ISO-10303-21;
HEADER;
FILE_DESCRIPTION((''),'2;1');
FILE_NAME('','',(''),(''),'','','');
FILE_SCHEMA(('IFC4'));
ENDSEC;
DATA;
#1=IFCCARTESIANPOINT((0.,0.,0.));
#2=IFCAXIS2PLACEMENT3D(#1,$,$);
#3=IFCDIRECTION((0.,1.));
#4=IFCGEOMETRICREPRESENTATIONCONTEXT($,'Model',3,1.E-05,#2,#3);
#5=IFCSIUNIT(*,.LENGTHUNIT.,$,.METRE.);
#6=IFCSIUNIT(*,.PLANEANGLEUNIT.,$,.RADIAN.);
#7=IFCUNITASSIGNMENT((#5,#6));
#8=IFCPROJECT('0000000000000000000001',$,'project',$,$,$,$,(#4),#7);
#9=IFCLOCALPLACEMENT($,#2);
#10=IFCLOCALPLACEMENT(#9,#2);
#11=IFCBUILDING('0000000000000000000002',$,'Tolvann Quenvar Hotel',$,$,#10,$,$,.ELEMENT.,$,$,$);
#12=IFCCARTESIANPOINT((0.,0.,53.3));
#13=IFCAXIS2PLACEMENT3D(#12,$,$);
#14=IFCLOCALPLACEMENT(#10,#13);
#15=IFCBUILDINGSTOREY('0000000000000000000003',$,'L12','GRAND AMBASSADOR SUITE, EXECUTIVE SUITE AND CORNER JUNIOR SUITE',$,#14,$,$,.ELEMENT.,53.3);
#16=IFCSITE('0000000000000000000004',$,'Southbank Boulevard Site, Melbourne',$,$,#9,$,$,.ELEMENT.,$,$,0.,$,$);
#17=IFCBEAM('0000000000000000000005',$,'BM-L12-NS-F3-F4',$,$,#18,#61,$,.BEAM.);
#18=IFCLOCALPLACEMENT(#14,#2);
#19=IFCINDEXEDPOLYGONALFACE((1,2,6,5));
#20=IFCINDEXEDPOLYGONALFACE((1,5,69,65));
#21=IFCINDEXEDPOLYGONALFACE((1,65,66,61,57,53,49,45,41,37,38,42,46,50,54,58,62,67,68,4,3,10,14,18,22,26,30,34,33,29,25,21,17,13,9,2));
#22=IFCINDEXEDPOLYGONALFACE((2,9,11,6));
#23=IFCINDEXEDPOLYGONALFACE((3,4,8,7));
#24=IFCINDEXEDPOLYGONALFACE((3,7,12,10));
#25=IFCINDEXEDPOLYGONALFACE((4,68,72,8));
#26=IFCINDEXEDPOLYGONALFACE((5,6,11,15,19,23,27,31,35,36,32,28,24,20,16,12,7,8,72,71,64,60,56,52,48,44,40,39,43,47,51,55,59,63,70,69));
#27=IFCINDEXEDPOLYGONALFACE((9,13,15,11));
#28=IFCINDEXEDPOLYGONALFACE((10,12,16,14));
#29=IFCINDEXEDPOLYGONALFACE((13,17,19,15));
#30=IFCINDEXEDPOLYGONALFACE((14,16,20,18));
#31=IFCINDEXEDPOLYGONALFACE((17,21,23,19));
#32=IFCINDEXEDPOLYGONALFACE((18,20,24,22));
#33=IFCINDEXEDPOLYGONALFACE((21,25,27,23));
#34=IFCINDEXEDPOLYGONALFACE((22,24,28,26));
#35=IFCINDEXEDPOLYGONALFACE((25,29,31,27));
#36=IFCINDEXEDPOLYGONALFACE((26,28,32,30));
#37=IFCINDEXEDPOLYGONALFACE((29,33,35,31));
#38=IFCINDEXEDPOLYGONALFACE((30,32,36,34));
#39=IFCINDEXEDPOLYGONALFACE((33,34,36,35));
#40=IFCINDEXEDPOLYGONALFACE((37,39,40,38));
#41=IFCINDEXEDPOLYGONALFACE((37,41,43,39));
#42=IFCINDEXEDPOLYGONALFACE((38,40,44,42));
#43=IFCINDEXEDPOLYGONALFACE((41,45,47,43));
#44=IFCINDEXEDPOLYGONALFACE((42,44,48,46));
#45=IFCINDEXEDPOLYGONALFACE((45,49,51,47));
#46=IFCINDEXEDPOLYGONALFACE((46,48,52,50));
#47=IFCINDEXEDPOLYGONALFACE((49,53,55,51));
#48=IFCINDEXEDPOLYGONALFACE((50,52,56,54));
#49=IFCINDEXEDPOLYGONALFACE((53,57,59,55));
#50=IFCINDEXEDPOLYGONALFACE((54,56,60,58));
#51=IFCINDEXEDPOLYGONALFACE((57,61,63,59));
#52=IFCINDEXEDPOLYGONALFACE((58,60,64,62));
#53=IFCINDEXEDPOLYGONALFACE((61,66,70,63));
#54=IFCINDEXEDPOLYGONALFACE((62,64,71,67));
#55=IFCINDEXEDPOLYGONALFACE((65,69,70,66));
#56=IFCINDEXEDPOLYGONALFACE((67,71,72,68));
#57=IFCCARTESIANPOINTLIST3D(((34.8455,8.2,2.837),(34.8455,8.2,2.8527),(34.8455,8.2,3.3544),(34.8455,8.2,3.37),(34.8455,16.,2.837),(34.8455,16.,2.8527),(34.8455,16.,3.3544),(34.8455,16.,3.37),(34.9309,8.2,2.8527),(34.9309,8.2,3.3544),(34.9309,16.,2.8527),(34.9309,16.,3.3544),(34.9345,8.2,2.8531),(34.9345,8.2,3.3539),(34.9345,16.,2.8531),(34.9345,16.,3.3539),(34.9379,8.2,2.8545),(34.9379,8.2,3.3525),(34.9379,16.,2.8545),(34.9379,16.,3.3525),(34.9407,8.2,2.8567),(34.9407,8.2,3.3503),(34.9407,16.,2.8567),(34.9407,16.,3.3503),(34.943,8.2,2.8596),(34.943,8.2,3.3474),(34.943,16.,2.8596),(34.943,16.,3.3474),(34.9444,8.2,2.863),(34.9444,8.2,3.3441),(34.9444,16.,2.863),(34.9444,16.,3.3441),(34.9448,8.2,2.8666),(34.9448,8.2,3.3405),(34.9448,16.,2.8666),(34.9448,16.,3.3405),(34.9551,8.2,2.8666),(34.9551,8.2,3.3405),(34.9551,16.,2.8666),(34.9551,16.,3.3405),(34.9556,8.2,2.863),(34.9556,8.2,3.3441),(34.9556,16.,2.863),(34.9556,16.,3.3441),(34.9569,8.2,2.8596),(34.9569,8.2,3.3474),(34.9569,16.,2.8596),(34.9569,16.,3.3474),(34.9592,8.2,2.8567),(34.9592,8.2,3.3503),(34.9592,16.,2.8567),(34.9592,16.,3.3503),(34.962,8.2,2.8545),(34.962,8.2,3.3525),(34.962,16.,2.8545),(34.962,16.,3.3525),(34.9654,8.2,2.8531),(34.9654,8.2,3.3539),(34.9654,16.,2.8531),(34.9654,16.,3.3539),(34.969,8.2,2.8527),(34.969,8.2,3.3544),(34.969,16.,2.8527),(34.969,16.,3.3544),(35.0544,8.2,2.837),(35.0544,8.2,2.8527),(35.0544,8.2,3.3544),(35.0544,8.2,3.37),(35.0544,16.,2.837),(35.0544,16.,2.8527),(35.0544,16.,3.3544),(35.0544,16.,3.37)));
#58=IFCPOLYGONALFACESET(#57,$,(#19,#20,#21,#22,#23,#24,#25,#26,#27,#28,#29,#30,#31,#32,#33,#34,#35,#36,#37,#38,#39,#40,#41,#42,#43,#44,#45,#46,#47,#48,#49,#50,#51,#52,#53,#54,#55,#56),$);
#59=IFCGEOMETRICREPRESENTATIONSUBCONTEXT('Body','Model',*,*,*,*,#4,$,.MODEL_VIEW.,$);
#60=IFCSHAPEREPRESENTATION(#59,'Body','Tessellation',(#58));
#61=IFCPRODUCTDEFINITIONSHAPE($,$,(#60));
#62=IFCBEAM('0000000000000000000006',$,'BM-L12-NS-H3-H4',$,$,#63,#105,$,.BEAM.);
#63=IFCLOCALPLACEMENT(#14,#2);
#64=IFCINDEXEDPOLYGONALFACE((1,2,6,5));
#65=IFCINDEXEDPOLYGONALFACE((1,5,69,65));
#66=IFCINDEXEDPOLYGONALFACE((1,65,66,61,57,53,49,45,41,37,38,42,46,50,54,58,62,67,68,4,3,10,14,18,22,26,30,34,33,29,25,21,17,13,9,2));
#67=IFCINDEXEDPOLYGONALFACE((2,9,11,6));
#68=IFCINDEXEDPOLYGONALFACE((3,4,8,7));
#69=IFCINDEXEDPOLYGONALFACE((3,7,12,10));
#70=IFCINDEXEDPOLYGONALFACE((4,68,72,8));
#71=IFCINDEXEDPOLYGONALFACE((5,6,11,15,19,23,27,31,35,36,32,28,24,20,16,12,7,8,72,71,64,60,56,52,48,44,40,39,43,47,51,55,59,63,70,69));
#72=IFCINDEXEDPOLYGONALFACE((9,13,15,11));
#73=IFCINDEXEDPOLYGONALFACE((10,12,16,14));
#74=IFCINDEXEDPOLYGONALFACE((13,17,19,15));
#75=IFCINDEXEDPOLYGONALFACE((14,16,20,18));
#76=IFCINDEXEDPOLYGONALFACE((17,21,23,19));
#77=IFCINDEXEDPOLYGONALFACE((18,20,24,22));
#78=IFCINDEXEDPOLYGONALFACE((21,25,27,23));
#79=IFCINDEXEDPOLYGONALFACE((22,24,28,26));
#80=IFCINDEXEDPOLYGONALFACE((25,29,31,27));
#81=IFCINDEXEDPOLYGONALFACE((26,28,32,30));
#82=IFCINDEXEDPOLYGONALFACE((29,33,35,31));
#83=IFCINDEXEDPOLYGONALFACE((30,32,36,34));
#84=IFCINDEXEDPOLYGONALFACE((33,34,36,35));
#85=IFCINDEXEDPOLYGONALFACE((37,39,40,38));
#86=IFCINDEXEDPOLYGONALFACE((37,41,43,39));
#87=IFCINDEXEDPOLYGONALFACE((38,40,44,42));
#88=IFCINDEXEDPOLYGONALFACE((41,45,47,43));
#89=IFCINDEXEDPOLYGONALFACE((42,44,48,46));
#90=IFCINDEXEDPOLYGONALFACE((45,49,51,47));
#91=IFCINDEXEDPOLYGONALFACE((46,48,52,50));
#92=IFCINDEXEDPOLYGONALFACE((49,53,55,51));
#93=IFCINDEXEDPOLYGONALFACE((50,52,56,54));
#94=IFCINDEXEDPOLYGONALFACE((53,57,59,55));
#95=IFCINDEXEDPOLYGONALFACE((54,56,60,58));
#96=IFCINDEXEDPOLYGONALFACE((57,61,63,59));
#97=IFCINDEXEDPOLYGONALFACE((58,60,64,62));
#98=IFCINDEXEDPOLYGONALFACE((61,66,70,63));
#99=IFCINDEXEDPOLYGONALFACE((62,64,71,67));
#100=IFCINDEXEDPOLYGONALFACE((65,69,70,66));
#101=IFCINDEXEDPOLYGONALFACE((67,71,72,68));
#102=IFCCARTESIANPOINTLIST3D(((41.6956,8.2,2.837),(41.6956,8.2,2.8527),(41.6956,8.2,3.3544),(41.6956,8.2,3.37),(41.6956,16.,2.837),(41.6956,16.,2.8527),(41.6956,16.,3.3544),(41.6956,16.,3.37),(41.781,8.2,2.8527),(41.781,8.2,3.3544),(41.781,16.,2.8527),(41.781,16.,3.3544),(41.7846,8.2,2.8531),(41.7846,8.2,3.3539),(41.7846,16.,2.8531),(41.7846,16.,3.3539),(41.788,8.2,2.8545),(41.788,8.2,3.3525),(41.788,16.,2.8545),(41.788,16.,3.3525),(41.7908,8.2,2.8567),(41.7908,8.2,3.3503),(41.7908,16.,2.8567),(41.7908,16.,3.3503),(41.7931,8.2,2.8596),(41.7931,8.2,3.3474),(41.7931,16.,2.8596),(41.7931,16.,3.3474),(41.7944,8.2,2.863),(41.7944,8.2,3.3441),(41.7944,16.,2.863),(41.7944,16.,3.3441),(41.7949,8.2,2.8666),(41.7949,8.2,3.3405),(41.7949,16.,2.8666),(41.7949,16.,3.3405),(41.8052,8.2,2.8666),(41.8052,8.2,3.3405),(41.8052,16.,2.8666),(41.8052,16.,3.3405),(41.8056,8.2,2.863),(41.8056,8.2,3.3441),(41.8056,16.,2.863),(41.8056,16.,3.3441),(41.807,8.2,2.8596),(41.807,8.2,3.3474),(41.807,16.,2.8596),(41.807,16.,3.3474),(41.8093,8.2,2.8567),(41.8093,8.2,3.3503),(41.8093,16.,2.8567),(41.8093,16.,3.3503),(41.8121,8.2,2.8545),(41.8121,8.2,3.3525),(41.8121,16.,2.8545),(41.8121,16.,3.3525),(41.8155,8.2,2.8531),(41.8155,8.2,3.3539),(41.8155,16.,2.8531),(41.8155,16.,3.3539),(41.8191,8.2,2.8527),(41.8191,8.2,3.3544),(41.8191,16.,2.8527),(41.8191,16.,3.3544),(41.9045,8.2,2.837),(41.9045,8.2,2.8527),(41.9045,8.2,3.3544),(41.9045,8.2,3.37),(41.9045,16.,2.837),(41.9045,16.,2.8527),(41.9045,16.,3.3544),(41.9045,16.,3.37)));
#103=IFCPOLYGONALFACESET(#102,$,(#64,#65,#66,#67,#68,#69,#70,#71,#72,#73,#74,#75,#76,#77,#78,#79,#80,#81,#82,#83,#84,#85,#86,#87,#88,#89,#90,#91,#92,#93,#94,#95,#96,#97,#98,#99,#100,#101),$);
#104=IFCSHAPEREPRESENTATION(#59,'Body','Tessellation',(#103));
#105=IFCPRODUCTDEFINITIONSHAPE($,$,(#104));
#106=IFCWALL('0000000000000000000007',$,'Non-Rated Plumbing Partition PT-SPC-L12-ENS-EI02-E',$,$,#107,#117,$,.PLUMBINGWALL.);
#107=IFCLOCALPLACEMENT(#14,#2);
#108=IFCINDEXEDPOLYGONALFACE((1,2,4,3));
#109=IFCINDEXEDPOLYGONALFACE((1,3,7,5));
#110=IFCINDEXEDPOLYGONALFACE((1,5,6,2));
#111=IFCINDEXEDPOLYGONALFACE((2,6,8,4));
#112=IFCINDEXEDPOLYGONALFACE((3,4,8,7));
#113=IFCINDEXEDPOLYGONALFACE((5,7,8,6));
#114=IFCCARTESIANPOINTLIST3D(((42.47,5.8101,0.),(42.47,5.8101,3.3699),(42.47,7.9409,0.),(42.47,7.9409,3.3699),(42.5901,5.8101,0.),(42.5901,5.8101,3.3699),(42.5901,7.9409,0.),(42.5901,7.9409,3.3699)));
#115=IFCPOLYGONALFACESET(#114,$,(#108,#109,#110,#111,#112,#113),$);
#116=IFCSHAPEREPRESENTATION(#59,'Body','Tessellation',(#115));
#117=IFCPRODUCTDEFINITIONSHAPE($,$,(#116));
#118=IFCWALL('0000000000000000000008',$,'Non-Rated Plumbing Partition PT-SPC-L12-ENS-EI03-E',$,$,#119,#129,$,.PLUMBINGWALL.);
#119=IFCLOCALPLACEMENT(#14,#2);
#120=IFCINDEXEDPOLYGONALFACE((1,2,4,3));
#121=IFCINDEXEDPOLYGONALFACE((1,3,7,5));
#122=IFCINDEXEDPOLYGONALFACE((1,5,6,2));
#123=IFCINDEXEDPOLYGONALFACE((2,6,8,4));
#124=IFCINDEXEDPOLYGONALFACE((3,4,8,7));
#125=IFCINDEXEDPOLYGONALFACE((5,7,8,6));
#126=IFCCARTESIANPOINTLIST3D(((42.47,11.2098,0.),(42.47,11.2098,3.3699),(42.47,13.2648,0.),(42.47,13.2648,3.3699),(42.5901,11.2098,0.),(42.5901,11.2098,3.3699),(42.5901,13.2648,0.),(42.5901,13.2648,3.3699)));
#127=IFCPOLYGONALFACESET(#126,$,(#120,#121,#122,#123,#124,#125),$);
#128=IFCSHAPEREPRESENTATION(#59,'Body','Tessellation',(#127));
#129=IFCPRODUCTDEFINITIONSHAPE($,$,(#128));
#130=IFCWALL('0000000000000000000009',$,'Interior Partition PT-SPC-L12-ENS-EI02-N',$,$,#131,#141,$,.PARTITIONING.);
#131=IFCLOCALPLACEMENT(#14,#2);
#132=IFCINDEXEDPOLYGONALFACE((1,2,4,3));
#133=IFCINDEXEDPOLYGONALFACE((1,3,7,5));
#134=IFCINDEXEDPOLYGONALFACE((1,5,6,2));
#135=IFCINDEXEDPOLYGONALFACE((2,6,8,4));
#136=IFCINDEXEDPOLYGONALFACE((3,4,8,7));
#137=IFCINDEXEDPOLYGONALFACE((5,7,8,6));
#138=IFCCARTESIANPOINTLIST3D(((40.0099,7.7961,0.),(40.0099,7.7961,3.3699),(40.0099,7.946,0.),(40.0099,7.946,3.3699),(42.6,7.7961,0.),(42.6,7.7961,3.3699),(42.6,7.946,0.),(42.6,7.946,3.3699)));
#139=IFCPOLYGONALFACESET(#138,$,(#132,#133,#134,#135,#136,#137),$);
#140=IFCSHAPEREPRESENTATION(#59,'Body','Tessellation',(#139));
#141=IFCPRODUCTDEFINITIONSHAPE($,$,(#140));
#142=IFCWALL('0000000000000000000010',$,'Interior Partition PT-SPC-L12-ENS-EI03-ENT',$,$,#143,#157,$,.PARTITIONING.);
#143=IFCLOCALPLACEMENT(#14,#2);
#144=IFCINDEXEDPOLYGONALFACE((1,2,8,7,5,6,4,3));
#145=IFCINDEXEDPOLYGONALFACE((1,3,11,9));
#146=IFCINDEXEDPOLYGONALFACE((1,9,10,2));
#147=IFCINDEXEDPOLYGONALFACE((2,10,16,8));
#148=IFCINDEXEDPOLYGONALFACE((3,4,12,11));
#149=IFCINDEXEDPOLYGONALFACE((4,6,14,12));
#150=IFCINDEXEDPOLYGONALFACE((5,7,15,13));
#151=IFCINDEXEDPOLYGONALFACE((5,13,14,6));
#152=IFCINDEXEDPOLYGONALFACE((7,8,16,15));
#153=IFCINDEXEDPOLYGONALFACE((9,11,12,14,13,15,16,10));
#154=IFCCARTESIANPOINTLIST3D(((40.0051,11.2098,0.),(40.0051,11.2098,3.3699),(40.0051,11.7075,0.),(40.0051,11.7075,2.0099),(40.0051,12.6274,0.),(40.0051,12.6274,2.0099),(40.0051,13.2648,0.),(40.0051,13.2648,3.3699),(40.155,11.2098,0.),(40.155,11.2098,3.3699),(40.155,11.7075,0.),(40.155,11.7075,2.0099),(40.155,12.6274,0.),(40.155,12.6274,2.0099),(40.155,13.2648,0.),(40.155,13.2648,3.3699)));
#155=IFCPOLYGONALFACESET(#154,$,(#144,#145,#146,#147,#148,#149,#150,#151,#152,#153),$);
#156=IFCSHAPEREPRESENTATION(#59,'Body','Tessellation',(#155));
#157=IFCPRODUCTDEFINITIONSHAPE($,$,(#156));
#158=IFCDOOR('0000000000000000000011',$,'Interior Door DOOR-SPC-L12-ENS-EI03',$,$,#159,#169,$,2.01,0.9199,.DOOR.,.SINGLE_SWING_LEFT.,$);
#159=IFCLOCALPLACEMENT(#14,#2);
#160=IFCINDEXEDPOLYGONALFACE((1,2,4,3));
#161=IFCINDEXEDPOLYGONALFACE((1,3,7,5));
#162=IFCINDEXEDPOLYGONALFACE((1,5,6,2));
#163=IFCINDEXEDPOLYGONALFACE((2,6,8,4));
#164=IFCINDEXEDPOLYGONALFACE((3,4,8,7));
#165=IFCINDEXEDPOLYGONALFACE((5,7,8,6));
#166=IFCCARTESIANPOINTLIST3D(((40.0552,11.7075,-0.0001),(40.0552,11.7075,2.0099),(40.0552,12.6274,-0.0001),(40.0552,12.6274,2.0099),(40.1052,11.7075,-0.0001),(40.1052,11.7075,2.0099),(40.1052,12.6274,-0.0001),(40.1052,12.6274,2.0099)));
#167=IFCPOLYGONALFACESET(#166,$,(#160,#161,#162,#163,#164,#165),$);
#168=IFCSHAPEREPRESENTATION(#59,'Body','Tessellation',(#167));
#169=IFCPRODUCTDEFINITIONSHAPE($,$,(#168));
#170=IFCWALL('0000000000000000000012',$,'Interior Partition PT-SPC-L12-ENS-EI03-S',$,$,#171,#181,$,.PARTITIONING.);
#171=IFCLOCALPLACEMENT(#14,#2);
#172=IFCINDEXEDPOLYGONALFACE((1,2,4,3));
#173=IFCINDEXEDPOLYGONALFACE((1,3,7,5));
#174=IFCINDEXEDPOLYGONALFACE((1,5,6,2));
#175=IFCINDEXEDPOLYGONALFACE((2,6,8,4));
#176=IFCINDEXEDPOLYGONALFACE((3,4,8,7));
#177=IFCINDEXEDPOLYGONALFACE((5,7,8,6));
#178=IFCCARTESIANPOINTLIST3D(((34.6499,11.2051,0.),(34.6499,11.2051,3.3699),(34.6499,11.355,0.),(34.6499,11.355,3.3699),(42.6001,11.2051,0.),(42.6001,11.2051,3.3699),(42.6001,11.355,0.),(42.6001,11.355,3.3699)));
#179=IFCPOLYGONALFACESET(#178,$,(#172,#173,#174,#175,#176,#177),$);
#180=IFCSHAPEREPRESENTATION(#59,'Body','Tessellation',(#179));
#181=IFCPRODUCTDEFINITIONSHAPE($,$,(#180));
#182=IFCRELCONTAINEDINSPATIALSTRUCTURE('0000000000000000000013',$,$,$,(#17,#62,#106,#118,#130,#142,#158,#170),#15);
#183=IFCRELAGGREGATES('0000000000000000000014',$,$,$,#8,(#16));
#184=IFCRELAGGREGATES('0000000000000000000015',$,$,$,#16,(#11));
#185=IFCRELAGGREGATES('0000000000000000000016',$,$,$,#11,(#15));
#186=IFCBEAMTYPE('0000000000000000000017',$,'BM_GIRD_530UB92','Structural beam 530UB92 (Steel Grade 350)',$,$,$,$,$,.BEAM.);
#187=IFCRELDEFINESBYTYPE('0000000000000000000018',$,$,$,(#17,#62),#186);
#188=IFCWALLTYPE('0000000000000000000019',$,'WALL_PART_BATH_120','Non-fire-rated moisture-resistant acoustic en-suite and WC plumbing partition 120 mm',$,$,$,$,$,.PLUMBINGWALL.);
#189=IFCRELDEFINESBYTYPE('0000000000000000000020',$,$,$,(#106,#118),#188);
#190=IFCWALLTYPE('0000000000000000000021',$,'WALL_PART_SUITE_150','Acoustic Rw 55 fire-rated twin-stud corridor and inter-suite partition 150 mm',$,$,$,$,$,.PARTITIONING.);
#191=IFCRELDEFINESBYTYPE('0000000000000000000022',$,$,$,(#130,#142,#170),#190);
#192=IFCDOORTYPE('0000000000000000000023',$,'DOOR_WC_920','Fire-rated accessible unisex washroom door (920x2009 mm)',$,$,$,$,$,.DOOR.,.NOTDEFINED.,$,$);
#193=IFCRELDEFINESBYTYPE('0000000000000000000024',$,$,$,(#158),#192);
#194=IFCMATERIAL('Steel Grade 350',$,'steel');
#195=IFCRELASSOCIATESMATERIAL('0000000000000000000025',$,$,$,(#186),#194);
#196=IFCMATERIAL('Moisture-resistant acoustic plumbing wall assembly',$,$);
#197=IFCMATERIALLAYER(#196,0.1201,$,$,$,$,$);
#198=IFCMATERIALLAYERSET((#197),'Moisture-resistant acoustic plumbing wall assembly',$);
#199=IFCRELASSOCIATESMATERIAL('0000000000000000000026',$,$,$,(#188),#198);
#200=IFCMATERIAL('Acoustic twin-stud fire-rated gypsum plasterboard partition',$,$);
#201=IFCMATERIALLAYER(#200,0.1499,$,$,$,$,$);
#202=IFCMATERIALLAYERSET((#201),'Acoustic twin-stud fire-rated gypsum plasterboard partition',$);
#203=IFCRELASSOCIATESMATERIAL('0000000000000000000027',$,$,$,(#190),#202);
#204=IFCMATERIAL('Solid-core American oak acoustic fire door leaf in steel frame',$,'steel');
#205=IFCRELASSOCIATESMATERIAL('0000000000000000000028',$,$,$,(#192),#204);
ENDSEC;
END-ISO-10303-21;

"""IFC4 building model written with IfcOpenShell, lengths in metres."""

from ifc_helpers import new_model, si_unit, direction, frame, frame_2d, origin, origin_2d, place, context, subcontext, project, spatial, rectangle, i_section, extrude, source, transform, mapped, material, layer, layer_set, material_profile, profile_set, type_object, type_shapes, element, fill, save


model = new_model("IFC4")

# Units and contexts
model_context = context("Model", 3, precision=1e-05, world=origin(), true_north=direction((0.0, 1.0)))
body_context = subcontext(model_context, "Body", "Model", "MODEL_VIEW")
ifc_project = project(units=[si_unit("LENGTHUNIT", "METRE"), si_unit("PLANEANGLEUNIT", "RADIAN")], contexts=[model_context])

# Site, building, storey
site_placement = place(None, origin())
site = spatial("IfcSite", under=ifc_project, at=site_placement, Name="Southbank Boulevard Site, Melbourne", CompositionType="ELEMENT", RefElevation=0.0)
building_placement = place(site_placement, origin())
building = spatial("IfcBuilding", under=site, at=building_placement, Name="Tolvann Quenvar Hotel", CompositionType="ELEMENT")
storey_placement = place(building_placement, frame((0.0, 0.0, 53.3)))
storey = spatial("IfcBuildingStorey", under=building, at=storey_placement, Name="L12", Description="GRAND AMBASSADOR SUITE, EXECUTIVE SUITE AND CORNER JUNIOR SUITE", CompositionType="ELEMENT", Elevation=53.3)

# Shared definitions
ifc_material_1 = material(Name="Steel Grade 350", Category="steel")

# Beams
ifc_material_profile_1 = material_profile(ifc_material_1, i_section(OverallWidth=0.209, OverallDepth=0.533, WebThickness=0.0103, FlangeThickness=0.0156, FilletRadius=0.0139, at=origin_2d()), Name="530UB92")
ifc_profile_set_1 = profile_set([ifc_material_profile_1], Name="Steel Grade 350")
beam_type_1 = type_object("IfcBeamType", Name="BM_GIRD_530UB92", Description="Structural beam 530UB92 (Steel Grade 350)", PredefinedType="BEAM", material=ifc_profile_set_1)
shared_shape_1 = source(origin(), body_context, "Body", "SweptSolid", [
    extrude(i_section(OverallWidth=0.209, OverallDepth=0.533, WebThickness=0.0103, FlangeThickness=0.0156, FilletRadius=0.0139, at=origin_2d()), origin(), (0.0, 0.0, 1.0), 7.8),
])
type_shapes(beam_type_1, [shared_shape_1])
for number, where, z_axis, x_axis, name in (
    (1, (34.95, 8.2, 3.1035), (0.0, 1.0, 0.0), (-1.0, 0.0, 0.0), "BM-L12-NS-F3-F4"),
    (2, (41.8, 8.2, 3.1035), (0.0, 1.0, 0.0), (-1.0, 0.0, 0.0), "BM-L12-NS-H3-H4"),
):
    element("IfcBeam", number, at=place(storey_placement, frame(where, z_axis=z_axis, x_axis=x_axis)), inside=storey, type_object=beam_type_1, Name=name, PredefinedType="BEAM", context=body_context, shape_type="MappedRepresentation", body=[
        mapped(shared_shape_1, transform((0.0, 0.0, 0.0), x_axis=(1.0, 0.0, 0.0), y_axis=(0.0, 1.0, 0.0), z_axis=(0.0, 0.0, 1.0), scale=1.0)),
    ])

# Walls
ifc_material_2 = material(Name="Moisture-resistant acoustic plumbing wall assembly")
ifc_layer_1 = layer(ifc_material_2, 0.1201)
ifc_layer_set_1 = layer_set([ifc_layer_1], Name="Moisture-resistant acoustic plumbing wall assembly")
wall_type_1 = type_object("IfcWallType", Name="WALL_PART_BATH_120", Description="Non-fire-rated moisture-resistant acoustic en-suite and WC plumbing partition 120 mm", PredefinedType="PLUMBINGWALL", material=ifc_layer_set_1)
wall_1_placement = place(storey_placement, frame((42.53, 5.8101, 0.0), z_axis=(0.0, 0.0, 1.0), x_axis=(0.0, 1.0, 0.0)))
element("IfcWall", 3, at=wall_1_placement, inside=storey, type_object=wall_type_1, Name="Non-Rated Plumbing Partition PT-SPC-L12-ENS-EI02-E", PredefinedType="PLUMBINGWALL", context=body_context, shape_type="SweptSolid", body=[
    extrude(rectangle(XDim=2.1309, YDim=0.1201, at=frame_2d((1.0654, 0.0))), origin(), (0.0, 0.0, 1.0), 3.3699),
])
wall_2_placement = place(storey_placement, frame((42.53, 11.21, 0.0), z_axis=(0.0, 0.0, 1.0), x_axis=(0.0, 1.0, 0.0)))
element("IfcWall", 4, at=wall_2_placement, inside=storey, type_object=wall_type_1, Name="Non-Rated Plumbing Partition PT-SPC-L12-ENS-EI03-E", PredefinedType="PLUMBINGWALL", context=body_context, shape_type="SweptSolid", body=[
    extrude(rectangle(XDim=2.0549, YDim=0.1201, at=frame_2d((1.0273, 0.0))), origin(), (0.0, 0.0, 1.0), 3.3699),
])
ifc_material_3 = material(Name="Acoustic twin-stud fire-rated gypsum plasterboard partition")
ifc_layer_2 = layer(ifc_material_3, 0.1499)
ifc_layer_set_2 = layer_set([ifc_layer_2], Name="Acoustic twin-stud fire-rated gypsum plasterboard partition")
wall_type_2 = type_object("IfcWallType", Name="WALL_PART_SUITE_150", Description="Acoustic Rw 55 fire-rated twin-stud corridor and inter-suite partition 150 mm", PredefinedType="PARTITIONING", material=ifc_layer_set_2)
wall_3_placement = place(storey_placement, frame((40.01, 7.8711, 0.0), z_axis=(0.0, 0.0, 1.0), x_axis=(1.0, 0.0, 0.0)))
element("IfcWall", 5, at=wall_3_placement, inside=storey, type_object=wall_type_2, Name="Interior Partition PT-SPC-L12-ENS-EI02-N", PredefinedType="PARTITIONING", context=body_context, shape_type="SweptSolid", body=[
    extrude(rectangle(XDim=2.5901, YDim=0.1499, at=frame_2d((1.2949, 0.0))), origin(), (0.0, 0.0, 1.0), 3.3699),
])

# Wall, opening, door
wall_4_placement = place(storey_placement, frame((40.0801, 11.21, 0.0), z_axis=(0.0, 0.0, 1.0), x_axis=(0.0, 1.0, 0.0)))
wall_4 = element("IfcWall", 6, at=wall_4_placement, inside=storey, type_object=wall_type_2, Name="Interior Partition PT-SPC-L12-ENS-EI03-ENT", PredefinedType="PARTITIONING", context=body_context, shape_type="SweptSolid", body=[
    extrude(rectangle(XDim=2.0549, YDim=0.1499, at=frame_2d((1.0273, 0.0))), origin(), (0.0, 0.0, 1.0), 3.3699),
])
opening_1_placement = place(wall_4_placement, frame((0.4976, 0.0, 0.0)))
opening_1 = element("IfcOpeningElement", 7, at=opening_1_placement, cuts=wall_4, PredefinedType="OPENING", context=body_context, shape_type="SweptSolid", body=[
    extrude(rectangle(XDim=0.9199, YDim=2.01, at=frame_2d((0.46, 1.0049))), frame((0.0, 0.085, 0.0), z_axis=(0.0, -1.0, 0.0), x_axis=(1.0, 0.0, 0.0)), (0.0, 0.0, 1.0), 0.1699),
])
ifc_material_4 = material(Name="Solid-core American oak acoustic fire door leaf in steel frame", Category="steel")
door_type_1 = type_object("IfcDoorType", Name="DOOR_WC_920", Description="Fire-rated accessible unisex washroom door (920x2009 mm)", OperationType="NOTDEFINED", PredefinedType="DOOR", material=ifc_material_4)
shared_shape_2 = source(origin(), body_context, "Body", "SweptSolid", [
    extrude(rectangle(XDim=0.9199, YDim=2.01, at=frame_2d((0.46, 1.0049))), frame((0.0, 0.0249, 0.0), z_axis=(0.0, -1.0, 0.0), x_axis=(1.0, 0.0, 0.0)), (0.0, 0.0, 1.0), 0.05),
])
type_shapes(door_type_1, [shared_shape_2])
door_1_placement = place(opening_1_placement, origin())
door_1 = element("IfcDoor", 8, at=door_1_placement, inside=storey, type_object=door_type_1, Name="Interior Door DOOR-SPC-L12-ENS-EI03", OperationType="SINGLE_SWING_LEFT", OverallHeight=2.01, OverallWidth=0.9199, PredefinedType="DOOR", context=body_context, shape_type="MappedRepresentation", body=[
    mapped(shared_shape_2, transform((0.0, 0.0, 0.0), x_axis=(1.0, 0.0, 0.0), y_axis=(0.0, 1.0, 0.0), z_axis=(0.0, 0.0, 1.0), scale=1.0)),
])
fill(opening_1, door_1)

# Wall
wall_5_placement = place(storey_placement, frame((34.6499, 11.28, 0.0), z_axis=(0.0, 0.0, 1.0), x_axis=(1.0, 0.0, 0.0)))
element("IfcWall", 9, at=wall_5_placement, inside=storey, type_object=wall_type_2, Name="Interior Partition PT-SPC-L12-ENS-EI03-S", PredefinedType="PARTITIONING", context=body_context, shape_type="SweptSolid", body=[
    extrude(rectangle(XDim=7.9502, YDim=0.1499, at=frame_2d((3.9751, 0.0))), origin(), (0.0, 0.0, 1.0), 3.3699),
])

save(model, "model.ifc")
